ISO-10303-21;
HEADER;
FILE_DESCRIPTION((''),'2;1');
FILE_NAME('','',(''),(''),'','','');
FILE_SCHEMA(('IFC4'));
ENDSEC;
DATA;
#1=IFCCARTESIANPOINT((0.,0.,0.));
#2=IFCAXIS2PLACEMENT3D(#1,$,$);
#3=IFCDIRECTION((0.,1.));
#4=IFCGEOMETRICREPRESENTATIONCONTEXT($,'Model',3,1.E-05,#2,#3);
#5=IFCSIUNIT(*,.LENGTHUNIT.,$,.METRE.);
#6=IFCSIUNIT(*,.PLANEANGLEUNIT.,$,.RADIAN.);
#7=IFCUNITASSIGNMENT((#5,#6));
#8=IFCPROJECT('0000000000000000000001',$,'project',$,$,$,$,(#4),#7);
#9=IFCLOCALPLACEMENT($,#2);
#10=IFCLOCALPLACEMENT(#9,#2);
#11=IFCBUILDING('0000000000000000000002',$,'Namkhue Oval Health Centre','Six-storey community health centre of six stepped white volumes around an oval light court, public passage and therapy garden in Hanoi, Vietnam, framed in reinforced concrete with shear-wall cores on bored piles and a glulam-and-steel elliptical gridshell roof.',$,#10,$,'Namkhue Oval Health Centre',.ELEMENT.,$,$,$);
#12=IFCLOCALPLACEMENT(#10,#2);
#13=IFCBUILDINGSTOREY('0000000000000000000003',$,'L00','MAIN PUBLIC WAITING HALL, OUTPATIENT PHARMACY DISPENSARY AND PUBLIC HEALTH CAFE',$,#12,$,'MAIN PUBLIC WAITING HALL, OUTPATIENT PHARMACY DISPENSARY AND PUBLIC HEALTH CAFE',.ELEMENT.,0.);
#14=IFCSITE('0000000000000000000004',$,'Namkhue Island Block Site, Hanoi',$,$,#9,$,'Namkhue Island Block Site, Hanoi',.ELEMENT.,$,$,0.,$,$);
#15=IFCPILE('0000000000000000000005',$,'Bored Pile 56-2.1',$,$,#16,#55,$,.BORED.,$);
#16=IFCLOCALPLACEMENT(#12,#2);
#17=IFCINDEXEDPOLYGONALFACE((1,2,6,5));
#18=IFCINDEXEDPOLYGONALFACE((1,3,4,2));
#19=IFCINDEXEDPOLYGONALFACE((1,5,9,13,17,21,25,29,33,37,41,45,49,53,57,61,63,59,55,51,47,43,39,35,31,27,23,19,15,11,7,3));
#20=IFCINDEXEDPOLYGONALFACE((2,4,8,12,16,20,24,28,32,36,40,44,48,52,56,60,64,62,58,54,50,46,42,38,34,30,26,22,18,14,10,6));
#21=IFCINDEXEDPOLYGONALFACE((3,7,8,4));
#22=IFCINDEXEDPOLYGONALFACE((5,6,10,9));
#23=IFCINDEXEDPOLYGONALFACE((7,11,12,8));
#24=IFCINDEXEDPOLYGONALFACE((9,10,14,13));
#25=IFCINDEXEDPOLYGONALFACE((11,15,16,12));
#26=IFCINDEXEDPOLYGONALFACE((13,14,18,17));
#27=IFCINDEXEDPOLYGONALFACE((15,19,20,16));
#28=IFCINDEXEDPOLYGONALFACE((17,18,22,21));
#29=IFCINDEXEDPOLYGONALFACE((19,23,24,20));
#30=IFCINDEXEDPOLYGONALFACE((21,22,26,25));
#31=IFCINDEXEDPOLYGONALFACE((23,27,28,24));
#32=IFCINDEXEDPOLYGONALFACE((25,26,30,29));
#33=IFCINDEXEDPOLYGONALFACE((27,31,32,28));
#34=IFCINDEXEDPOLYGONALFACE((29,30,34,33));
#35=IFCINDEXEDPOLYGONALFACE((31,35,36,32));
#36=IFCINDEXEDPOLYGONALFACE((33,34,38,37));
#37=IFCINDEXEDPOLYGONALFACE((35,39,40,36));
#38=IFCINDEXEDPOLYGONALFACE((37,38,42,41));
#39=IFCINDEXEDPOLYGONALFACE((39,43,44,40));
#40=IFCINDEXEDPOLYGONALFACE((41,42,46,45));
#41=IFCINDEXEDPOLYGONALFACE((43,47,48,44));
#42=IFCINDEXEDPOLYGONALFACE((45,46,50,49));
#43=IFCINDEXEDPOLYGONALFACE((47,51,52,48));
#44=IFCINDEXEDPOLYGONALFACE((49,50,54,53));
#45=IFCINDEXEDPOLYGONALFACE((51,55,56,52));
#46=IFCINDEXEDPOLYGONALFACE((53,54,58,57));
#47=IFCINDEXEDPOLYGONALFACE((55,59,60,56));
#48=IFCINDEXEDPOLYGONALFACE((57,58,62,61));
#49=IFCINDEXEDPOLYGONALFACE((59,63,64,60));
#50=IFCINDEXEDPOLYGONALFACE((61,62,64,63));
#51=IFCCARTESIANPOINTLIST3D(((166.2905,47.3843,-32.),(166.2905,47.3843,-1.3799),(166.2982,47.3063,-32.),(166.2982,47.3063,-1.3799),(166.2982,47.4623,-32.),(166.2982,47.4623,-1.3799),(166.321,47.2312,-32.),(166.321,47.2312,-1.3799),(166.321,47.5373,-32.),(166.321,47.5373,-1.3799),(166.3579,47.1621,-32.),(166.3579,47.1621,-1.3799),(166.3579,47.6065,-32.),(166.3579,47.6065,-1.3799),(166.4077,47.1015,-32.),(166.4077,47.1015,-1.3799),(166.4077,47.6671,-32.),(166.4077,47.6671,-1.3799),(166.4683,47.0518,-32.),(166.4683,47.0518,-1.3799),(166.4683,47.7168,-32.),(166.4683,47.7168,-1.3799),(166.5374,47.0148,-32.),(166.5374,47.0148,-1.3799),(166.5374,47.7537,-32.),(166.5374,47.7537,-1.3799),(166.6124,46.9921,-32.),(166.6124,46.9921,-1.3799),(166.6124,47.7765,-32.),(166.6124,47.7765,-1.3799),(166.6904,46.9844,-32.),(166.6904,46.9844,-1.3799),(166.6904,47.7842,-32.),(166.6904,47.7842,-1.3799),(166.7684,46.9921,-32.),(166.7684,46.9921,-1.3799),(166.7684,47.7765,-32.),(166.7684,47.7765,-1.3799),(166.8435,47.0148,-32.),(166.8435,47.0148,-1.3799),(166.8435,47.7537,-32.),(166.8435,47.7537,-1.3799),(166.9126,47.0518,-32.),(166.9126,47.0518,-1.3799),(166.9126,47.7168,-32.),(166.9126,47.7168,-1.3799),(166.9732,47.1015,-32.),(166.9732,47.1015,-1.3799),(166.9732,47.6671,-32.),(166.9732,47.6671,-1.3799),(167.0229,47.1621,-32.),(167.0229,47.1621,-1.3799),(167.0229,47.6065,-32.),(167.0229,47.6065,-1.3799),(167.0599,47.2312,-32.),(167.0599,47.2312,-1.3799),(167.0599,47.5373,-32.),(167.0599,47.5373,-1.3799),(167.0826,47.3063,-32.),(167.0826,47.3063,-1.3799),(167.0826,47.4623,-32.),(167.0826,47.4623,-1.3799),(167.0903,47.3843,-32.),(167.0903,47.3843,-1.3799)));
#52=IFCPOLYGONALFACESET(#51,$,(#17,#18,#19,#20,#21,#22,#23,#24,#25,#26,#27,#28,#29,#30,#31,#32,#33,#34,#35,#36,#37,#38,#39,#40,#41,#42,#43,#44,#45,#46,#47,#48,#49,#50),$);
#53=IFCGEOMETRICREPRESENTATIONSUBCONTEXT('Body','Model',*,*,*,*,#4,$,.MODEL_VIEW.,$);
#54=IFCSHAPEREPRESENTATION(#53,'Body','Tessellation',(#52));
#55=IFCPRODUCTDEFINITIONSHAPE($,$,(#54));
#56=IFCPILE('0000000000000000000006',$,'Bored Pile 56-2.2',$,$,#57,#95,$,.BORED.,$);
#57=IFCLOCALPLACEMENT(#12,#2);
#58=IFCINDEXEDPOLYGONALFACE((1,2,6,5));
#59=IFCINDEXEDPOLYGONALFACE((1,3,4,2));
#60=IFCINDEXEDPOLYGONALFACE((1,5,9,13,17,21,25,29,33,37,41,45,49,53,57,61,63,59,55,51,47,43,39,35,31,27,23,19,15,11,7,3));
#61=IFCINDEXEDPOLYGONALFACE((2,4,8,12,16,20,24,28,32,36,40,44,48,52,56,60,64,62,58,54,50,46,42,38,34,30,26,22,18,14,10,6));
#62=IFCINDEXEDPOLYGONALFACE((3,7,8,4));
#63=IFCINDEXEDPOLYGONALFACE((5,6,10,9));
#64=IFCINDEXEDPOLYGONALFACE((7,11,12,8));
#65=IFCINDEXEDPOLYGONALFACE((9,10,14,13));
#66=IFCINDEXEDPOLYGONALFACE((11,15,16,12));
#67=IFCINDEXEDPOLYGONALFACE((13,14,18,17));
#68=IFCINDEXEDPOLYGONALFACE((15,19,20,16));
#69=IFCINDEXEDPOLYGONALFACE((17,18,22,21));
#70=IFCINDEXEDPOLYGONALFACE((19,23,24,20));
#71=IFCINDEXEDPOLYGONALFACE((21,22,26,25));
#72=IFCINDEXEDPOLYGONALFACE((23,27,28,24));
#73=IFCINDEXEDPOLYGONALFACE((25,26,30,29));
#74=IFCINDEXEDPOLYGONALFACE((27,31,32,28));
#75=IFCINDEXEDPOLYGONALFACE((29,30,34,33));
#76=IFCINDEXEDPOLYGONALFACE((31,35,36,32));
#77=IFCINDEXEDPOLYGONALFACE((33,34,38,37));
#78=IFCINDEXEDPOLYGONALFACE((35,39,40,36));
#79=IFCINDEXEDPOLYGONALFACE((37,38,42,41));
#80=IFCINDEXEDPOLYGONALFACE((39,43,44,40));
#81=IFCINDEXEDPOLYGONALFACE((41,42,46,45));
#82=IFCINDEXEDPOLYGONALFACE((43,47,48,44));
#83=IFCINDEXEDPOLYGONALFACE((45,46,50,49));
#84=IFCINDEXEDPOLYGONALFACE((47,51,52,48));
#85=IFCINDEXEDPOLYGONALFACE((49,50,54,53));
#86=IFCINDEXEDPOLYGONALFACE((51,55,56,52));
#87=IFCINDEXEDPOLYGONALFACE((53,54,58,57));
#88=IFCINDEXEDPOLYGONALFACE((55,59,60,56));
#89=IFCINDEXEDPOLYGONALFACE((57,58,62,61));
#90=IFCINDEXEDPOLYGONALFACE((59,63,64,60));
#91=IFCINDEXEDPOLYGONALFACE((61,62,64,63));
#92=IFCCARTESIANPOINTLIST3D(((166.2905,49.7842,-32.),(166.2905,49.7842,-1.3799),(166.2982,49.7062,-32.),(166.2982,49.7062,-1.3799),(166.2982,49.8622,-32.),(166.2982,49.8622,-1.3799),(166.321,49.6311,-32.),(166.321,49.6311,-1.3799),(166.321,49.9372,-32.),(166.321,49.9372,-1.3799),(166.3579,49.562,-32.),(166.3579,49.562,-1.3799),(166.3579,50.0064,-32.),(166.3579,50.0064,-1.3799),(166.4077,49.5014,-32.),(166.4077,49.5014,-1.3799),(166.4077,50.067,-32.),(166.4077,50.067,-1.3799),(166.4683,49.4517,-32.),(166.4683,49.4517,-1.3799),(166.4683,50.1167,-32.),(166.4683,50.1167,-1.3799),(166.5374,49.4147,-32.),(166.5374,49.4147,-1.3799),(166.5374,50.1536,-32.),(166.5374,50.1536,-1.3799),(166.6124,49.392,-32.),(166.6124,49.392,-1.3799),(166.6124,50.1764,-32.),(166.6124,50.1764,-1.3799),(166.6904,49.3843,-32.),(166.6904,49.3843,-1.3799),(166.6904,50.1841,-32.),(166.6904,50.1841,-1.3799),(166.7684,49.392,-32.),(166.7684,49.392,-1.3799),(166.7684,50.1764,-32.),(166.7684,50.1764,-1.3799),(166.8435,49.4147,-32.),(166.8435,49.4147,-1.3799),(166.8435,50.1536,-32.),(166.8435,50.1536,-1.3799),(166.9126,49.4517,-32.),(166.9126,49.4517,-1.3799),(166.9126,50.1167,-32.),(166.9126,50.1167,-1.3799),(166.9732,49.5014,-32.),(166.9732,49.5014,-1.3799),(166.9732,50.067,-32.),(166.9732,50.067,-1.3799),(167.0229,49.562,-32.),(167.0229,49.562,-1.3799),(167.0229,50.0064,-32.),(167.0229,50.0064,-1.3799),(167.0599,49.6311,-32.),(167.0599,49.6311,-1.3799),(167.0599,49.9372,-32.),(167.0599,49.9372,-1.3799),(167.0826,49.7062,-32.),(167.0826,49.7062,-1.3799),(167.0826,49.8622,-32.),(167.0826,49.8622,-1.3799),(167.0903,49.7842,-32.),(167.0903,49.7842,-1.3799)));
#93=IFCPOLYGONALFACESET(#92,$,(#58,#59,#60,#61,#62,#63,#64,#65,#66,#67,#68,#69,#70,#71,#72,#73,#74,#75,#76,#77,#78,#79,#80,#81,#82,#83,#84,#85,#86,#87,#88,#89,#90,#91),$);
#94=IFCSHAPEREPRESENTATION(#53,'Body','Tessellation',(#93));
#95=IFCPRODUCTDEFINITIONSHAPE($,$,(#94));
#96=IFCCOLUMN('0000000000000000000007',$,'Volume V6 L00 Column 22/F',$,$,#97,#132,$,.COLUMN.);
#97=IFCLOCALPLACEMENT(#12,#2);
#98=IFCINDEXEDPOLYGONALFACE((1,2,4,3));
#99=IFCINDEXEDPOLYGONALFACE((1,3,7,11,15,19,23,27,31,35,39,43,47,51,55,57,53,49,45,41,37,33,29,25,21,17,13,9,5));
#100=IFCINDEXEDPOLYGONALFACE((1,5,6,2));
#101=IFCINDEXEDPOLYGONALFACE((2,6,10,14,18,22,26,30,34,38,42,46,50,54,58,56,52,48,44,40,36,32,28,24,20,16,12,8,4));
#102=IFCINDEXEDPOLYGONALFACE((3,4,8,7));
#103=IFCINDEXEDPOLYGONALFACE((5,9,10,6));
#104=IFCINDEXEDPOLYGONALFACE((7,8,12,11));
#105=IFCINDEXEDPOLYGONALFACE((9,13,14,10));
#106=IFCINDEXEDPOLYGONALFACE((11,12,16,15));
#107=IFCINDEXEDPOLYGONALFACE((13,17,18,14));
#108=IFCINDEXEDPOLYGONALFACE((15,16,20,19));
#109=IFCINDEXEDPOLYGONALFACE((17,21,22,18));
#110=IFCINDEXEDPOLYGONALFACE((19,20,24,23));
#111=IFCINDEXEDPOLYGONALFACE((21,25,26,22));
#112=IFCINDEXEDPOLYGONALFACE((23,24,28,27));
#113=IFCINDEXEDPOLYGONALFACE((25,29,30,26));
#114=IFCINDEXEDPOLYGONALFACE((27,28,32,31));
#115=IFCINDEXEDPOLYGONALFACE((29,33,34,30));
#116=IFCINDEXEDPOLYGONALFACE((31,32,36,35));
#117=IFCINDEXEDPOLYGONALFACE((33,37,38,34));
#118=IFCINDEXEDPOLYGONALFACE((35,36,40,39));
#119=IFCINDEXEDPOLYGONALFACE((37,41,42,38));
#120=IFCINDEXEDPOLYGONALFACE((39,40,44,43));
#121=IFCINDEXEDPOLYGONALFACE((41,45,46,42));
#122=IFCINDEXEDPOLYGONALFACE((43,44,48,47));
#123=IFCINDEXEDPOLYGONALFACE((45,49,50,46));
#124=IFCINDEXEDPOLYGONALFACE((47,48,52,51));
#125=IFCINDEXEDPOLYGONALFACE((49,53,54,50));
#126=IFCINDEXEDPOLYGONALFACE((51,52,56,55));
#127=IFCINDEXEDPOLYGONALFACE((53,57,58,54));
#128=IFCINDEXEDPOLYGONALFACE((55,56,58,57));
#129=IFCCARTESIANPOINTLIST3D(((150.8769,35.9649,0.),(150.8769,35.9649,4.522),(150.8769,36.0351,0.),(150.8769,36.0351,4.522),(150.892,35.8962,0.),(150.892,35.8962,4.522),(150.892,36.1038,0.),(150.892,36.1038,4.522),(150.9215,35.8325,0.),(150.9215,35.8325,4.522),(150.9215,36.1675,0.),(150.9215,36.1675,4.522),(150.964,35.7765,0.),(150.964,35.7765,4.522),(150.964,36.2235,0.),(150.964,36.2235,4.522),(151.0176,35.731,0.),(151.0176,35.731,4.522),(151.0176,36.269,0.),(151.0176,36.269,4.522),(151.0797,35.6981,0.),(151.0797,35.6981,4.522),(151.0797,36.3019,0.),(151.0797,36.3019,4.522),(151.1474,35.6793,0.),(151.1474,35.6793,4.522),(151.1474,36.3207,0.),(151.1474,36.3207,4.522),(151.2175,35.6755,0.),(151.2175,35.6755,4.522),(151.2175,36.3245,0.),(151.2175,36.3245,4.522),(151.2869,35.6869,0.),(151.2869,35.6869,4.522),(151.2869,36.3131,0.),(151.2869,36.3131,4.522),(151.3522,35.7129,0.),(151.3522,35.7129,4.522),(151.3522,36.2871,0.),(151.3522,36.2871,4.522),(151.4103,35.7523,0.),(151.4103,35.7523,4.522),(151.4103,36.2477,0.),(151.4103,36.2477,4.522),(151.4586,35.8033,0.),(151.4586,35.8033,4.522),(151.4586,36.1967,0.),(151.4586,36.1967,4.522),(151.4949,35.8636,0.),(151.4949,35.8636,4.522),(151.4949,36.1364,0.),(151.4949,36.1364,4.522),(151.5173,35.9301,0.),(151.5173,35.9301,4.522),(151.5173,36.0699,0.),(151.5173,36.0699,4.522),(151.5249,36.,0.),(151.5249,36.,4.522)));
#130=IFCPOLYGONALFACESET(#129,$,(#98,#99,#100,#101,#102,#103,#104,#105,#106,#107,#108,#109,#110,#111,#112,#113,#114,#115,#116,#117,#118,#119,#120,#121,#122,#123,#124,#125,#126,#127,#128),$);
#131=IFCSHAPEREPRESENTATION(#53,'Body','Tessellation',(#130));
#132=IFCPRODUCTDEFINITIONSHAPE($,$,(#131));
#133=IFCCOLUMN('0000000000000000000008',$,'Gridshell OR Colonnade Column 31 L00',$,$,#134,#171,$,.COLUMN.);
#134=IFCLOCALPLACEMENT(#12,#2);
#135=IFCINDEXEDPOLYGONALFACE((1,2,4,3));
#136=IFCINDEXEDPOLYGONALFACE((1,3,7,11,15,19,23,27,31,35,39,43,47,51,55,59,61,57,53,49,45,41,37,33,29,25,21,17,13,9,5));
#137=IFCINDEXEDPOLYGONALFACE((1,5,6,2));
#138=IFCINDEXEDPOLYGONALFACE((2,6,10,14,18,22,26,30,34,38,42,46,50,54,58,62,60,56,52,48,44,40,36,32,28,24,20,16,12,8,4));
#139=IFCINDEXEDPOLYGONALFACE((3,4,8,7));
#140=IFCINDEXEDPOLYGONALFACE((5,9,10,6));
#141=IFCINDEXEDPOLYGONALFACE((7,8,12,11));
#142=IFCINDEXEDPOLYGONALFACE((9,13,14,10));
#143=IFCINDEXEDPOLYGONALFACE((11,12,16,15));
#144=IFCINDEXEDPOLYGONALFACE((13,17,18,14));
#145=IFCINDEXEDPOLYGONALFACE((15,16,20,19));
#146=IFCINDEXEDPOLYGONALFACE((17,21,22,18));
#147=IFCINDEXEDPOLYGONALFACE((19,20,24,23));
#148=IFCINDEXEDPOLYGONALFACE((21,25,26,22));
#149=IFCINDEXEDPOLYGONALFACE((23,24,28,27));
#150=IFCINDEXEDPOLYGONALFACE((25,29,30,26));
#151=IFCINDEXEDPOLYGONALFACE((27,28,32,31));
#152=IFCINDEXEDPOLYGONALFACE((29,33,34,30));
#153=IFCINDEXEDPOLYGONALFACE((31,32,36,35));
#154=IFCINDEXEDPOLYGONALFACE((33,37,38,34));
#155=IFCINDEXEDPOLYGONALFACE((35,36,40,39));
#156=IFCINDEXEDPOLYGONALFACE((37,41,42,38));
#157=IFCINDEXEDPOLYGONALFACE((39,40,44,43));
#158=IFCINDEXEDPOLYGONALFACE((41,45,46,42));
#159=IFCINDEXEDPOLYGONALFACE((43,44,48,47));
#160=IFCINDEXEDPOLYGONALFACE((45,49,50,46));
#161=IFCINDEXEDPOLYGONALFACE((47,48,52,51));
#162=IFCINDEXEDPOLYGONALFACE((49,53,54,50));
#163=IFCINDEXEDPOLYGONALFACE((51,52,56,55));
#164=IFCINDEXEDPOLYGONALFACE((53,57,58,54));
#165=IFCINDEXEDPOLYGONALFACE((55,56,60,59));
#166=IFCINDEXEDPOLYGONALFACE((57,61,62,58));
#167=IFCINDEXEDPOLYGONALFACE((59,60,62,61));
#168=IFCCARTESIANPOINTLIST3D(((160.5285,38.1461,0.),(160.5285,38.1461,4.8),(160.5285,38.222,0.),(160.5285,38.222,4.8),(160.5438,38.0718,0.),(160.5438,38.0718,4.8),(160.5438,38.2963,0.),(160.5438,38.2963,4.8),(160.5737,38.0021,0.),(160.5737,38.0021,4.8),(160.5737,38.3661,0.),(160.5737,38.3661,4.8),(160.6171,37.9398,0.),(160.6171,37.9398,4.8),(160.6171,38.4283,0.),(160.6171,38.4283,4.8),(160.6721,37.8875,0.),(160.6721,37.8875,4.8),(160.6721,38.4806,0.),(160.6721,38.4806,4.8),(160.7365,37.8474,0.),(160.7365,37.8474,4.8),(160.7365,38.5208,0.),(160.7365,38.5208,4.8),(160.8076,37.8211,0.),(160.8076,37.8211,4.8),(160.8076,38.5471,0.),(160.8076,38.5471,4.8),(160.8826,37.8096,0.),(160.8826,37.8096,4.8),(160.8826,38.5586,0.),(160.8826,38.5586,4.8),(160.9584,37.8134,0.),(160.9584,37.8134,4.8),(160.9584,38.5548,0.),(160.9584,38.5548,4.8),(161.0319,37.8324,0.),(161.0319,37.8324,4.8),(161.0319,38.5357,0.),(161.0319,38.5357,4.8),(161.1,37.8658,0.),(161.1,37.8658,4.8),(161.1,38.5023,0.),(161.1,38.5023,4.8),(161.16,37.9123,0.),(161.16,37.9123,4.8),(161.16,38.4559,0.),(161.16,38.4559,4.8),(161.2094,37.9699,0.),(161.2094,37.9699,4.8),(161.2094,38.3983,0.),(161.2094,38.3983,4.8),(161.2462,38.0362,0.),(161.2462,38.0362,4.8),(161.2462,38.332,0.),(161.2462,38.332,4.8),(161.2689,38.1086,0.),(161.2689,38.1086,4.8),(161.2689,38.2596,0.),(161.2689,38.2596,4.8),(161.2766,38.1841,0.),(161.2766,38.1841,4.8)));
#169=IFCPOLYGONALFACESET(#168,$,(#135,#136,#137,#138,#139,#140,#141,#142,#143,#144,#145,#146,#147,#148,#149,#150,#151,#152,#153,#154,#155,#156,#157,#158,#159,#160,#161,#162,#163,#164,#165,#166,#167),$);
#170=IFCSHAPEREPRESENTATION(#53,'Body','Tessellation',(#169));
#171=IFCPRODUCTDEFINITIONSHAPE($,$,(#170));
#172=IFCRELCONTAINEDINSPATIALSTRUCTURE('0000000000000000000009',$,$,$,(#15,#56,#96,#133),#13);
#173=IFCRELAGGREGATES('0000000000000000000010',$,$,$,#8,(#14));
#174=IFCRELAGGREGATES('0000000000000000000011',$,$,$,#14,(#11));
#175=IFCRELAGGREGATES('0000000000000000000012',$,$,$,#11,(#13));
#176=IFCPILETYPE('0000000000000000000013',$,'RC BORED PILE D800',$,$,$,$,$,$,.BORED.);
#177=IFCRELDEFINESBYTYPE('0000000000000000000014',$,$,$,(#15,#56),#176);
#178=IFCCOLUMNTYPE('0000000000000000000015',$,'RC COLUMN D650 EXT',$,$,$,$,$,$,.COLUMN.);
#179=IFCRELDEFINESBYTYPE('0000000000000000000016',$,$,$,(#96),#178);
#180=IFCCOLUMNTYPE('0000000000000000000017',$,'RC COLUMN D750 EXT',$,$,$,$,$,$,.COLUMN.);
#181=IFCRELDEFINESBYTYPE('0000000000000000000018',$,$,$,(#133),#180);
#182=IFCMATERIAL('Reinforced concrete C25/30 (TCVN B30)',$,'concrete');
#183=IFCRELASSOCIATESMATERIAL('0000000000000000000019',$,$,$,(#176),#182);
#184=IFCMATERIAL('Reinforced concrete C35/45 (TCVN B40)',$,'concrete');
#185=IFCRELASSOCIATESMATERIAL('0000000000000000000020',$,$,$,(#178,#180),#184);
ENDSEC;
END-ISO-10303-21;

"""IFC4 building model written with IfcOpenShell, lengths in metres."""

from ifc_helpers import new_model, si_unit, direction, frame, origin, origin_2d, place, context, subcontext, project, spatial, circle, extrude, material, material_profile, profile_set, type_object, element, save


model = new_model("IFC4")

# Units and contexts
model_context = context("Model", 3, precision=1e-05, world=origin(), true_north=direction((0.0, 1.0)))
body_context = subcontext(model_context, "Body", "Model", "MODEL_VIEW")
ifc_project = project(units=[si_unit("LENGTHUNIT", "METRE"), si_unit("PLANEANGLEUNIT", "RADIAN")], contexts=[model_context])

# Site, building, storey
site_placement = place(None, origin())
site = spatial("IfcSite", under=ifc_project, at=site_placement, Name="Namkhue Island Block Site, Hanoi", LongName="Namkhue Island Block Site, Hanoi", CompositionType="ELEMENT", RefElevation=0.0)
building_placement = place(site_placement, origin())
building = spatial("IfcBuilding", under=site, at=building_placement, Name="Namkhue Oval Health Centre", Description="Six-storey community health centre of six stepped white volumes around an oval light court, public passage and therapy garden in Hanoi, Vietnam, framed in reinforced concrete with shear-wall cores on bored piles and a glulam-and-steel elliptical gridshell roof.", LongName="Namkhue Oval Health Centre", CompositionType="ELEMENT")
storey_placement = place(building_placement, origin())
storey = spatial("IfcBuildingStorey", under=building, at=storey_placement, Name="L00", Description="MAIN PUBLIC WAITING HALL, OUTPATIENT PHARMACY DISPENSARY AND PUBLIC HEALTH CAFE", LongName="MAIN PUBLIC WAITING HALL, OUTPATIENT PHARMACY DISPENSARY AND PUBLIC HEALTH CAFE", CompositionType="ELEMENT", Elevation=0.0)

# Piles
ifc_material_1 = material(Name="Reinforced concrete C25/30 (TCVN B30)", Category="concrete")
ifc_material_profile_1 = material_profile(ifc_material_1, circle(Radius=0.3999, at=origin_2d()), Name="BORED PILE D800")
ifc_profile_set_1 = profile_set([ifc_material_profile_1], Name="Reinforced concrete C25/30 (TCVN B30)")
pile_type_1 = type_object("IfcPileType", Name="RC BORED PILE D800", PredefinedType="BORED", material=ifc_profile_set_1)
for number, where, z_axis, x_axis, name in (
    (1, (166.6904, 47.3843, -1.3799), (0.0, 0.0, -1.0), (1.0, 0.0, 0.0), "Bored Pile 56-2.1"),
    (2, (166.6904, 49.7842, -1.3799), (0.0, 0.0, -1.0), (1.0, 0.0, 0.0), "Bored Pile 56-2.2"),
):
    element("IfcPile", number, at=place(storey_placement, frame(where, z_axis=z_axis, x_axis=x_axis)), inside=storey, type_object=pile_type_1, Name=name, PredefinedType="BORED", context=body_context, shape_type="SweptSolid", body=[
        extrude(circle(Radius=0.3999, at=origin_2d()), origin(), (0.0, 0.0, 1.0), 30.6201),
    ])

# Columns
ifc_material_2 = material(Name="Reinforced concrete C35/45 (TCVN B40)", Category="concrete")
ifc_material_profile_2 = material_profile(ifc_material_2, circle(Radius=0.325, at=origin_2d()), Name="RC D650")
ifc_profile_set_2 = profile_set([ifc_material_profile_2], Name="Reinforced concrete C35/45 (TCVN B40)")
column_type_1 = type_object("IfcColumnType", Name="RC COLUMN D650 EXT", PredefinedType="COLUMN", material=ifc_profile_set_2)
column_placement = place(storey_placement, frame((151.2, 36.0, 0.0), z_axis=(0.0, 0.0, 1.0), x_axis=(1.0, 0.0, 0.0)))
element("IfcColumn", 3, at=column_placement, inside=storey, type_object=column_type_1, Name="Volume V6 L00 Column 22/F", PredefinedType="COLUMN", context=body_context, shape_type="SweptSolid", body=[
    extrude(circle(Radius=0.325, at=origin_2d()), origin(), (0.0, 0.0, 1.0), 4.522),
])
ifc_material_profile_3 = material_profile(ifc_material_2, circle(Radius=0.375, at=origin_2d()), Name="RC D750")
ifc_profile_set_3 = profile_set([ifc_material_profile_3], Name="Reinforced concrete C35/45 (TCVN B40)")
column_type_2 = type_object("IfcColumnType", Name="RC COLUMN D750 EXT", PredefinedType="COLUMN", material=ifc_profile_set_3)
for number, where, z_axis, x_axis, name in (
    (4, (160.9016, 38.1841, 0.0), (0.0, 0.0, 1.0), (1.0, 0.0, 0.0), "Gridshell OR Colonnade Column 31 L00"),
):
    element("IfcColumn", number, at=place(storey_placement, frame(where, z_axis=z_axis, x_axis=x_axis)), inside=storey, type_object=column_type_2, Name=name, PredefinedType="COLUMN", context=body_context, shape_type="SweptSolid", body=[
        extrude(circle(Radius=0.375, at=origin_2d()), origin(), (0.0, 0.0, 1.0), 4.8),
    ])

save(model, "model.ifc")
